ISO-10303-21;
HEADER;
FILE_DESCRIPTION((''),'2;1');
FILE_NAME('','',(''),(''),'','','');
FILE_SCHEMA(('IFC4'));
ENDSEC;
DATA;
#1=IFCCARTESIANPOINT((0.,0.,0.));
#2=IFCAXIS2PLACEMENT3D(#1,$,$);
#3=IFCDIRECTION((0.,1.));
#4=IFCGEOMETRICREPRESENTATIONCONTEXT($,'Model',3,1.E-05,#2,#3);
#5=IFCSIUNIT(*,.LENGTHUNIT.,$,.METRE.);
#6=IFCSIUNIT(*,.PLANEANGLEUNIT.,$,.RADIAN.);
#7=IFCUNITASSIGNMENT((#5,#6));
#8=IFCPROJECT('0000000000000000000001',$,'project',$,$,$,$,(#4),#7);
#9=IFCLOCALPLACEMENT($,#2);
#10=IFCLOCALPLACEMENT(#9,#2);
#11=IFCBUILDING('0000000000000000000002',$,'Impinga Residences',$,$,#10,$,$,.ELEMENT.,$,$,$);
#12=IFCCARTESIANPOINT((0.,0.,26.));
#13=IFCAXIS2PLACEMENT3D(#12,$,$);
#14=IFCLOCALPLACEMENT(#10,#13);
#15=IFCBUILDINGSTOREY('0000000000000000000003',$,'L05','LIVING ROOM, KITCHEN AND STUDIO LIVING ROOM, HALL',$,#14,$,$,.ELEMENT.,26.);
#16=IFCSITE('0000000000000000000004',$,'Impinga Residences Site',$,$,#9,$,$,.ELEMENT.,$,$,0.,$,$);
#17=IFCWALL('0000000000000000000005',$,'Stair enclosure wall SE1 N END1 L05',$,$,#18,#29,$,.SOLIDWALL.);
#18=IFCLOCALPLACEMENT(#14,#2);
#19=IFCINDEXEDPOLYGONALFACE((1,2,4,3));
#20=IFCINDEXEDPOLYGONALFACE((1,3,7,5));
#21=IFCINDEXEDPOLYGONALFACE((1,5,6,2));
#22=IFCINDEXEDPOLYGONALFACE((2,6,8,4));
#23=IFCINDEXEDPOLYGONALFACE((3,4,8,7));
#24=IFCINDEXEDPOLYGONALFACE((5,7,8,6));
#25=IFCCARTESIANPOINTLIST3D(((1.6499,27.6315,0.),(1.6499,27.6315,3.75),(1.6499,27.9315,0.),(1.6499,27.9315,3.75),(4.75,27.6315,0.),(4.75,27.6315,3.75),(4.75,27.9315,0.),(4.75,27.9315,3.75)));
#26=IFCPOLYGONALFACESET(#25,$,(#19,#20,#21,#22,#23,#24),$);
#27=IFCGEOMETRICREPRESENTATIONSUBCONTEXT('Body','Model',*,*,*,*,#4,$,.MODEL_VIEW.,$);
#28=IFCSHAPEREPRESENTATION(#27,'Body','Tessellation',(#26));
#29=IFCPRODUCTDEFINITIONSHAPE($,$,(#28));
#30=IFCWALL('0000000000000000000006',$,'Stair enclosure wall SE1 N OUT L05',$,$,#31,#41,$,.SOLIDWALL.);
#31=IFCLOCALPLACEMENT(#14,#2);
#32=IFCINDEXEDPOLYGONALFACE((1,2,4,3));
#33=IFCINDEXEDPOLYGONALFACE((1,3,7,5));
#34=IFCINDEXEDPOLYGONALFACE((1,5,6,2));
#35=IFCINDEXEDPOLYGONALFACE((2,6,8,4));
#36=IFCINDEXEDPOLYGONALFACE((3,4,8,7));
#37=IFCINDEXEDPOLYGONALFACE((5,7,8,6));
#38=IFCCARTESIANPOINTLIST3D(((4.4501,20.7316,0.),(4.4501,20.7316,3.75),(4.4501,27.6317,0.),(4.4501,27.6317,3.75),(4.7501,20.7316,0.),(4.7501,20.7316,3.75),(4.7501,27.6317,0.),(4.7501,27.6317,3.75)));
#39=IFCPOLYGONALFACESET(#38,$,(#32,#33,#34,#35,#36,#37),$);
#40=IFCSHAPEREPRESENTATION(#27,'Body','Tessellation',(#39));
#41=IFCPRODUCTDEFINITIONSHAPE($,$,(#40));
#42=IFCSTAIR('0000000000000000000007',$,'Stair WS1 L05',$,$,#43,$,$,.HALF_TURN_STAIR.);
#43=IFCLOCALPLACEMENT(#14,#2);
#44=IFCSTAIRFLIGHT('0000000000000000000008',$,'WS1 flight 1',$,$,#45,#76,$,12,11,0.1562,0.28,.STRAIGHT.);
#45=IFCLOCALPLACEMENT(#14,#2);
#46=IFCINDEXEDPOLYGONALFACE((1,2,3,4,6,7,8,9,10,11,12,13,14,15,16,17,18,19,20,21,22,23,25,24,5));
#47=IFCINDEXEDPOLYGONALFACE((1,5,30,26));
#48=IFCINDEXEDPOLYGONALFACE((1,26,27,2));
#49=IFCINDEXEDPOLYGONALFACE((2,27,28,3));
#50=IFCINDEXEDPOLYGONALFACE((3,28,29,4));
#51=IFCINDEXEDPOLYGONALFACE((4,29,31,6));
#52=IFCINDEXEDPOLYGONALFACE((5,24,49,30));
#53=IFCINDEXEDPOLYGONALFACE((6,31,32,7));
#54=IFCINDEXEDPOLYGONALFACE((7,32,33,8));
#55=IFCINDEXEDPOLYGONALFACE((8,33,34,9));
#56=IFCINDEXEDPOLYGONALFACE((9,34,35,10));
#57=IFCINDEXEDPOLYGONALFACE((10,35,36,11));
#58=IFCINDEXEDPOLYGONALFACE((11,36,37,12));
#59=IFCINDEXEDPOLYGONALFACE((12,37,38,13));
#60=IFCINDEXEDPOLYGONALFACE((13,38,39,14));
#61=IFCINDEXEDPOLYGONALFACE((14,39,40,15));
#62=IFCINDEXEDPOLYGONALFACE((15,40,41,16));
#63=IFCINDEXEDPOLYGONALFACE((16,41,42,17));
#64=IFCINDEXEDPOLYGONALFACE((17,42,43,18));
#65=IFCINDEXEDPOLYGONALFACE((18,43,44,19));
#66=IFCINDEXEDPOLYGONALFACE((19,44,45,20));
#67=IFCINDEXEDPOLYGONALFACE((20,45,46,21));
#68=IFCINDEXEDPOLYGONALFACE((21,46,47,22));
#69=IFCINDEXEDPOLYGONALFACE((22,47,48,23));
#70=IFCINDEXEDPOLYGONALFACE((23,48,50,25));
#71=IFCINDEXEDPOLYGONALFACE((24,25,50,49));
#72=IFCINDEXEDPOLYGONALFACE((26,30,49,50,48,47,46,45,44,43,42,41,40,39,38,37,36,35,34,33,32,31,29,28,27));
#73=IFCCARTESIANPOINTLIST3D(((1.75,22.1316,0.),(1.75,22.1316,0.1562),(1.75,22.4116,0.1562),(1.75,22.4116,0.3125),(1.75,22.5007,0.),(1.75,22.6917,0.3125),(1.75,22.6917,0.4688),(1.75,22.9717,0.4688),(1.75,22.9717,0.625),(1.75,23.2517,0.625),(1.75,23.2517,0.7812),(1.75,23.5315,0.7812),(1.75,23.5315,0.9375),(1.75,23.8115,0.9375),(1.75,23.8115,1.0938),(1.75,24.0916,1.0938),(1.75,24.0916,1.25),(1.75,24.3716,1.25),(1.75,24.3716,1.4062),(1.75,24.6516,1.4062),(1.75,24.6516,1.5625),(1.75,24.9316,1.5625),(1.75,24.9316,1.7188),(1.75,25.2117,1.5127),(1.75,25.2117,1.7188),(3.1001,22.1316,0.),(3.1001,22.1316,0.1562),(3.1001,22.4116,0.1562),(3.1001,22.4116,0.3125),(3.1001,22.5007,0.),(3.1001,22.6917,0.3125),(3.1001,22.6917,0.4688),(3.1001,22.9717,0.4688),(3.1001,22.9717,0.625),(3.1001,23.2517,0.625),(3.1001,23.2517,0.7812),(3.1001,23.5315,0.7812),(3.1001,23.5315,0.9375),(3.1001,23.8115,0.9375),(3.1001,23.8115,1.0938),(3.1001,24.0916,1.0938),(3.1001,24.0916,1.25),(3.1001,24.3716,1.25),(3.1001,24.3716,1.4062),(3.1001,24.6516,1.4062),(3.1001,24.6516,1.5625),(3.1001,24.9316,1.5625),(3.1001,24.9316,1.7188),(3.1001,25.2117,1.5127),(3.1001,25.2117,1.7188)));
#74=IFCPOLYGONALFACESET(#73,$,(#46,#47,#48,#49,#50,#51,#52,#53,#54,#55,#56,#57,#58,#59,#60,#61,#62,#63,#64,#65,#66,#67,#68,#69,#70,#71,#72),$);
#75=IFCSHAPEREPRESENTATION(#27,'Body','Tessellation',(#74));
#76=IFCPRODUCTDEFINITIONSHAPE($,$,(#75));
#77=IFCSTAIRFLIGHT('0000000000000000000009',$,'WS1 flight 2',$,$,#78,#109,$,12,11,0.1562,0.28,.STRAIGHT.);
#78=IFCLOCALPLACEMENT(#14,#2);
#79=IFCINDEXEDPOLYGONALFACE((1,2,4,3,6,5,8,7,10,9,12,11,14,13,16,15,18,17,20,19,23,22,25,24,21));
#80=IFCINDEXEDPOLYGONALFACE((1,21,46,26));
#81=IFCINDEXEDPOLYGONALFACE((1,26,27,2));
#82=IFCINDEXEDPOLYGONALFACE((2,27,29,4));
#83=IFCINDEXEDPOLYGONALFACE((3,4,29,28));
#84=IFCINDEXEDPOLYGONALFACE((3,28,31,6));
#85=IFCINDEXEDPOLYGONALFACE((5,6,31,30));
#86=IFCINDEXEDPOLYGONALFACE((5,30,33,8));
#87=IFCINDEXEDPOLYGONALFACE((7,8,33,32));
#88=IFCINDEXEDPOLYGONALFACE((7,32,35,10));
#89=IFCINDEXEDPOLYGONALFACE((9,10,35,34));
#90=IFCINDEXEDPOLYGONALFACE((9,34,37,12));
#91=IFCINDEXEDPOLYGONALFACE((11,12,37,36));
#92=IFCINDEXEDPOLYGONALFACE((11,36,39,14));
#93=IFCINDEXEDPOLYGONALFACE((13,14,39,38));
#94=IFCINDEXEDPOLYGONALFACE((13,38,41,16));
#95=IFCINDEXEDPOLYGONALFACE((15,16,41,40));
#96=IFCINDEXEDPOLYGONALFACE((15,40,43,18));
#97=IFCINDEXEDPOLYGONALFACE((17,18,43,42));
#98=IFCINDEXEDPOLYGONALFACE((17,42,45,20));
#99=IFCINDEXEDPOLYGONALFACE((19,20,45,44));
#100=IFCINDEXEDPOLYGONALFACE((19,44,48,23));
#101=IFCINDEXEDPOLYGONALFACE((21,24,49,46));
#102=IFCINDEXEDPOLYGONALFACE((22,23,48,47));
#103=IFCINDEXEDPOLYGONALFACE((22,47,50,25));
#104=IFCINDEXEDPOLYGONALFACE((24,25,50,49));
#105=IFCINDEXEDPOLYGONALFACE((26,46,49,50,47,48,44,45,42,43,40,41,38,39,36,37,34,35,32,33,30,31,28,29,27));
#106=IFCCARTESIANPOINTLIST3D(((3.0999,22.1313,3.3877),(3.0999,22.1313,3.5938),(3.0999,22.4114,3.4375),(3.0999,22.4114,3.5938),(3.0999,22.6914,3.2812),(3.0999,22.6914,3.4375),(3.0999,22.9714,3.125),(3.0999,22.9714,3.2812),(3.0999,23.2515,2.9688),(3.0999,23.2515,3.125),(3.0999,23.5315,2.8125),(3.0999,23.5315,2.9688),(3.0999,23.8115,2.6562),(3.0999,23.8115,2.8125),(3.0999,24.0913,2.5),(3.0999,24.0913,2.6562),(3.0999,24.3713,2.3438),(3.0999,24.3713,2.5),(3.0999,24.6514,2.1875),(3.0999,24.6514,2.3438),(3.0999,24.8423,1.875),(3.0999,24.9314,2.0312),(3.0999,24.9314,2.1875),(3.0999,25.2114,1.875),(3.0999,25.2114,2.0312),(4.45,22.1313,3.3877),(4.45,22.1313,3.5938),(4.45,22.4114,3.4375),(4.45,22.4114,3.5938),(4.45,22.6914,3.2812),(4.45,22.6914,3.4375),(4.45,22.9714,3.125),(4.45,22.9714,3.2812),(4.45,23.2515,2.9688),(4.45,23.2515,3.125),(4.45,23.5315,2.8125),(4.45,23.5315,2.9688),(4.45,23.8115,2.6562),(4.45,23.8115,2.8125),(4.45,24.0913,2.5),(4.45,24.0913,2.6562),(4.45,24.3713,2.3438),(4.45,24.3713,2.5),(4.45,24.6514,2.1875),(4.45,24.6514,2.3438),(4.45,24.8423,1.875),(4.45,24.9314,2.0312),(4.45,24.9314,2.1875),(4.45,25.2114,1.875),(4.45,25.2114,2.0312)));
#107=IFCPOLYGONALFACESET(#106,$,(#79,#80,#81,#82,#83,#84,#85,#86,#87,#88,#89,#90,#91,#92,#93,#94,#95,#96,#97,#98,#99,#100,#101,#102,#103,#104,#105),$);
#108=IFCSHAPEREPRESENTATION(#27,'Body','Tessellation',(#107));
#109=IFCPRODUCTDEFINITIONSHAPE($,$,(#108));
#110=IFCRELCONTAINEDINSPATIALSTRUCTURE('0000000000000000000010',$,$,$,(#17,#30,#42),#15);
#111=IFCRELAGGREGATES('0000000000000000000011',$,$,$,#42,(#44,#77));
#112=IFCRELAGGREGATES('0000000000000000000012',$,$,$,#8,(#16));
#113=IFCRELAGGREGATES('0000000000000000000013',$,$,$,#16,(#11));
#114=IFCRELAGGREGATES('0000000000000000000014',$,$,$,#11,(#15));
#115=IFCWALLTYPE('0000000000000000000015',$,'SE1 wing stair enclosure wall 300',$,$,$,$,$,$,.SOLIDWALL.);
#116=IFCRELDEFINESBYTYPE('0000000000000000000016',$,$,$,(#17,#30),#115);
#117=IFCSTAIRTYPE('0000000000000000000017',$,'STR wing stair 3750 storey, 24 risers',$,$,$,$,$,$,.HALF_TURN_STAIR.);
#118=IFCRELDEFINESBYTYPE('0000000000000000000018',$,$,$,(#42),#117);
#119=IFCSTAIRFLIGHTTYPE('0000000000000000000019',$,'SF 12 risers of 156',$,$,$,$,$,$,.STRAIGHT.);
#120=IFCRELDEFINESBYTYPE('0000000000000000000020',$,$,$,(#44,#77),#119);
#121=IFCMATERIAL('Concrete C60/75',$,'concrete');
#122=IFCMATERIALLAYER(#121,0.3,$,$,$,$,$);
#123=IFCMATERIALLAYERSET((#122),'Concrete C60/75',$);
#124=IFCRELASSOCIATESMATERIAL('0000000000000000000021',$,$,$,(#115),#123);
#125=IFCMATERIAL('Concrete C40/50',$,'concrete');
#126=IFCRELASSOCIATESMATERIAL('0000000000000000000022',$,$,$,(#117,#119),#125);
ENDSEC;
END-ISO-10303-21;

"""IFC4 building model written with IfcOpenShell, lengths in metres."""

from ifc_helpers import new_model, si_unit, direction, frame, frame_2d, origin, place, context, subcontext, project, spatial, polyline, rectangle, outline, extrude, material, layer, layer_set, type_object, element, aggregate, save


model = new_model("IFC4")

# Units and contexts
model_context = context("Model", 3, precision=1e-05, world=origin(), true_north=direction((0.0, 1.0)))
body_context = subcontext(model_context, "Body", "Model", "MODEL_VIEW")
ifc_project = project(units=[si_unit("LENGTHUNIT", "METRE"), si_unit("PLANEANGLEUNIT", "RADIAN")], contexts=[model_context])

# Site, building, storey
site_placement = place(None, origin())
site = spatial("IfcSite", under=ifc_project, at=site_placement, Name="Impinga Residences Site", CompositionType="ELEMENT", RefElevation=0.0)
building_placement = place(site_placement, origin())
building = spatial("IfcBuilding", under=site, at=building_placement, Name="Impinga Residences", CompositionType="ELEMENT")
storey_placement = place(building_placement, frame((0.0, 0.0, 26.0)))
storey = spatial("IfcBuildingStorey", under=building, at=storey_placement, Name="L05", Description="LIVING ROOM, KITCHEN AND STUDIO LIVING ROOM, HALL", CompositionType="ELEMENT", Elevation=26.0)

# Shared definitions
ifc_material_1 = material(Name="Concrete C60/75", Category="concrete")

# Walls
ifc_layer_1 = layer(ifc_material_1, 0.3)
ifc_layer_set_1 = layer_set([ifc_layer_1], Name="Concrete C60/75")
wall_type_1 = type_object("IfcWallType", Name="SE1 wing stair enclosure wall 300", PredefinedType="SOLIDWALL", material=ifc_layer_set_1)
for number, where, z_axis, x_axis, name in (
    (1, (1.6499, 27.7815, 0.0), (0.0, 0.0, 1.0), (1.0, 0.0, 0.0), "Stair enclosure wall SE1 N END1 L05"),
):
    element("IfcWall", number, at=place(storey_placement, frame(where, z_axis=z_axis, x_axis=x_axis)), inside=storey, type_object=wall_type_1, Name=name, PredefinedType="SOLIDWALL", context=body_context, shape_type="SweptSolid", body=[
        extrude(rectangle(XDim=3.1001, YDim=0.3, at=frame_2d((1.55, 0.0))), origin(), (0.0, 0.0, 1.0), 3.75),
    ])
wall_1_placement = place(storey_placement, frame((4.6001, 20.7314, 0.0), z_axis=(0.0, 0.0, 1.0), x_axis=(0.0, 1.0, 0.0)))
element("IfcWall", 2, at=wall_1_placement, inside=storey, type_object=wall_type_1, Name="Stair enclosure wall SE1 N OUT L05", PredefinedType="SOLIDWALL", context=body_context, shape_type="SweptSolid", body=[
    extrude(rectangle(XDim=6.9001, YDim=0.3, at=frame_2d((3.4502, 0.0))), origin(), (0.0, 0.0, 1.0), 3.75),
])

# Stair, stair flights
ifc_material_2 = material(Name="Concrete C40/50", Category="concrete")
stair_type = type_object("IfcStairType", Name="STR wing stair 3750 storey, 24 risers", PredefinedType="HALF_TURN_STAIR", material=ifc_material_2)
stair_placement = place(storey_placement, origin())
stair = element("IfcStair", 3, at=stair_placement, inside=storey, type_object=stair_type, Name="Stair WS1 L05", PredefinedType="HALF_TURN_STAIR")
stair_flight_type = type_object("IfcStairFlightType", Name="SF 12 risers of 156", PredefinedType="STRAIGHT", material=ifc_material_2)
stair_flight_1_placement = place(storey_placement, frame((2.425, 22.1316, 0.0), z_axis=(0.0, 0.0, 1.0), x_axis=(0.0, 1.0, 0.0)))
stair_flight_1 = element("IfcStairFlight", 4, at=stair_flight_1_placement, type_object=stair_flight_type, Name="WS1 flight 1", NumberOfRisers=12, NumberOfTreads=11, PredefinedType="STRAIGHT", RiserHeight=0.1562, TreadLength=0.28, context=body_context, shape_type="SweptSolid", body=[
    extrude(outline(polyline([(0.0, 0.0), (0.0, 0.1562), (0.28, 0.1562), (0.28, 0.3125), (0.5601, 0.3125), (0.5601, 0.4688), (0.8401, 0.4688), (0.8401, 0.625), (1.1201, 0.625), (1.1201, 0.7812), (1.3999, 0.7812), (1.3999, 0.9375), (1.6799, 0.9375), (1.6799, 1.0938), (1.96, 1.0938), (1.96, 1.25), (2.24, 1.25), (2.24, 1.4062), (2.52, 1.4062), (2.52, 1.5625), (2.8, 1.5625), (2.8, 1.7188), (3.0801, 1.7188), (3.0801, 1.875), (3.0801, 1.5127), (0.3691, 0.0), (0.0, 0.0)])), frame((0.0, 0.675, 0.0), z_axis=(0.0, -1.0, 0.0), x_axis=(1.0, 0.0, 0.0)), (0.0, 0.0, 1.0), 1.3501),
])
stair_flight_2_placement = place(storey_placement, frame((3.7749, 25.2114, 1.875), z_axis=(0.0, 0.0, 1.0), x_axis=(0.0, -1.0, 0.0)))
stair_flight_2 = element("IfcStairFlight", 5, at=stair_flight_2_placement, type_object=stair_flight_type, Name="WS1 flight 2", NumberOfRisers=12, NumberOfTreads=11, PredefinedType="STRAIGHT", RiserHeight=0.1562, TreadLength=0.28, context=body_context, shape_type="SweptSolid", body=[
    extrude(outline(polyline([(0.0, 0.0), (0.0, 0.1562), (0.28, 0.1562), (0.28, 0.3125), (0.5601, 0.3125), (0.5601, 0.4688), (0.8401, 0.4688), (0.8401, 0.625), (1.1201, 0.625), (1.1201, 0.7812), (1.3999, 0.7812), (1.3999, 0.9375), (1.6799, 0.9375), (1.6799, 1.0938), (1.96, 1.0938), (1.96, 1.25), (2.24, 1.25), (2.24, 1.4062), (2.52, 1.4062), (2.52, 1.5625), (2.8, 1.5625), (2.8, 1.7188), (3.0801, 1.7188), (3.0801, 1.875), (3.0801, 1.5127), (0.3691, 0.0), (0.0, 0.0)])), frame((0.0, 0.675, 0.0), z_axis=(0.0, -1.0, 0.0), x_axis=(1.0, 0.0, 0.0)), (0.0, 0.0, 1.0), 1.3501),
])
aggregate(stair, [stair_flight_1, stair_flight_2])

save(model, "model.ifc")
